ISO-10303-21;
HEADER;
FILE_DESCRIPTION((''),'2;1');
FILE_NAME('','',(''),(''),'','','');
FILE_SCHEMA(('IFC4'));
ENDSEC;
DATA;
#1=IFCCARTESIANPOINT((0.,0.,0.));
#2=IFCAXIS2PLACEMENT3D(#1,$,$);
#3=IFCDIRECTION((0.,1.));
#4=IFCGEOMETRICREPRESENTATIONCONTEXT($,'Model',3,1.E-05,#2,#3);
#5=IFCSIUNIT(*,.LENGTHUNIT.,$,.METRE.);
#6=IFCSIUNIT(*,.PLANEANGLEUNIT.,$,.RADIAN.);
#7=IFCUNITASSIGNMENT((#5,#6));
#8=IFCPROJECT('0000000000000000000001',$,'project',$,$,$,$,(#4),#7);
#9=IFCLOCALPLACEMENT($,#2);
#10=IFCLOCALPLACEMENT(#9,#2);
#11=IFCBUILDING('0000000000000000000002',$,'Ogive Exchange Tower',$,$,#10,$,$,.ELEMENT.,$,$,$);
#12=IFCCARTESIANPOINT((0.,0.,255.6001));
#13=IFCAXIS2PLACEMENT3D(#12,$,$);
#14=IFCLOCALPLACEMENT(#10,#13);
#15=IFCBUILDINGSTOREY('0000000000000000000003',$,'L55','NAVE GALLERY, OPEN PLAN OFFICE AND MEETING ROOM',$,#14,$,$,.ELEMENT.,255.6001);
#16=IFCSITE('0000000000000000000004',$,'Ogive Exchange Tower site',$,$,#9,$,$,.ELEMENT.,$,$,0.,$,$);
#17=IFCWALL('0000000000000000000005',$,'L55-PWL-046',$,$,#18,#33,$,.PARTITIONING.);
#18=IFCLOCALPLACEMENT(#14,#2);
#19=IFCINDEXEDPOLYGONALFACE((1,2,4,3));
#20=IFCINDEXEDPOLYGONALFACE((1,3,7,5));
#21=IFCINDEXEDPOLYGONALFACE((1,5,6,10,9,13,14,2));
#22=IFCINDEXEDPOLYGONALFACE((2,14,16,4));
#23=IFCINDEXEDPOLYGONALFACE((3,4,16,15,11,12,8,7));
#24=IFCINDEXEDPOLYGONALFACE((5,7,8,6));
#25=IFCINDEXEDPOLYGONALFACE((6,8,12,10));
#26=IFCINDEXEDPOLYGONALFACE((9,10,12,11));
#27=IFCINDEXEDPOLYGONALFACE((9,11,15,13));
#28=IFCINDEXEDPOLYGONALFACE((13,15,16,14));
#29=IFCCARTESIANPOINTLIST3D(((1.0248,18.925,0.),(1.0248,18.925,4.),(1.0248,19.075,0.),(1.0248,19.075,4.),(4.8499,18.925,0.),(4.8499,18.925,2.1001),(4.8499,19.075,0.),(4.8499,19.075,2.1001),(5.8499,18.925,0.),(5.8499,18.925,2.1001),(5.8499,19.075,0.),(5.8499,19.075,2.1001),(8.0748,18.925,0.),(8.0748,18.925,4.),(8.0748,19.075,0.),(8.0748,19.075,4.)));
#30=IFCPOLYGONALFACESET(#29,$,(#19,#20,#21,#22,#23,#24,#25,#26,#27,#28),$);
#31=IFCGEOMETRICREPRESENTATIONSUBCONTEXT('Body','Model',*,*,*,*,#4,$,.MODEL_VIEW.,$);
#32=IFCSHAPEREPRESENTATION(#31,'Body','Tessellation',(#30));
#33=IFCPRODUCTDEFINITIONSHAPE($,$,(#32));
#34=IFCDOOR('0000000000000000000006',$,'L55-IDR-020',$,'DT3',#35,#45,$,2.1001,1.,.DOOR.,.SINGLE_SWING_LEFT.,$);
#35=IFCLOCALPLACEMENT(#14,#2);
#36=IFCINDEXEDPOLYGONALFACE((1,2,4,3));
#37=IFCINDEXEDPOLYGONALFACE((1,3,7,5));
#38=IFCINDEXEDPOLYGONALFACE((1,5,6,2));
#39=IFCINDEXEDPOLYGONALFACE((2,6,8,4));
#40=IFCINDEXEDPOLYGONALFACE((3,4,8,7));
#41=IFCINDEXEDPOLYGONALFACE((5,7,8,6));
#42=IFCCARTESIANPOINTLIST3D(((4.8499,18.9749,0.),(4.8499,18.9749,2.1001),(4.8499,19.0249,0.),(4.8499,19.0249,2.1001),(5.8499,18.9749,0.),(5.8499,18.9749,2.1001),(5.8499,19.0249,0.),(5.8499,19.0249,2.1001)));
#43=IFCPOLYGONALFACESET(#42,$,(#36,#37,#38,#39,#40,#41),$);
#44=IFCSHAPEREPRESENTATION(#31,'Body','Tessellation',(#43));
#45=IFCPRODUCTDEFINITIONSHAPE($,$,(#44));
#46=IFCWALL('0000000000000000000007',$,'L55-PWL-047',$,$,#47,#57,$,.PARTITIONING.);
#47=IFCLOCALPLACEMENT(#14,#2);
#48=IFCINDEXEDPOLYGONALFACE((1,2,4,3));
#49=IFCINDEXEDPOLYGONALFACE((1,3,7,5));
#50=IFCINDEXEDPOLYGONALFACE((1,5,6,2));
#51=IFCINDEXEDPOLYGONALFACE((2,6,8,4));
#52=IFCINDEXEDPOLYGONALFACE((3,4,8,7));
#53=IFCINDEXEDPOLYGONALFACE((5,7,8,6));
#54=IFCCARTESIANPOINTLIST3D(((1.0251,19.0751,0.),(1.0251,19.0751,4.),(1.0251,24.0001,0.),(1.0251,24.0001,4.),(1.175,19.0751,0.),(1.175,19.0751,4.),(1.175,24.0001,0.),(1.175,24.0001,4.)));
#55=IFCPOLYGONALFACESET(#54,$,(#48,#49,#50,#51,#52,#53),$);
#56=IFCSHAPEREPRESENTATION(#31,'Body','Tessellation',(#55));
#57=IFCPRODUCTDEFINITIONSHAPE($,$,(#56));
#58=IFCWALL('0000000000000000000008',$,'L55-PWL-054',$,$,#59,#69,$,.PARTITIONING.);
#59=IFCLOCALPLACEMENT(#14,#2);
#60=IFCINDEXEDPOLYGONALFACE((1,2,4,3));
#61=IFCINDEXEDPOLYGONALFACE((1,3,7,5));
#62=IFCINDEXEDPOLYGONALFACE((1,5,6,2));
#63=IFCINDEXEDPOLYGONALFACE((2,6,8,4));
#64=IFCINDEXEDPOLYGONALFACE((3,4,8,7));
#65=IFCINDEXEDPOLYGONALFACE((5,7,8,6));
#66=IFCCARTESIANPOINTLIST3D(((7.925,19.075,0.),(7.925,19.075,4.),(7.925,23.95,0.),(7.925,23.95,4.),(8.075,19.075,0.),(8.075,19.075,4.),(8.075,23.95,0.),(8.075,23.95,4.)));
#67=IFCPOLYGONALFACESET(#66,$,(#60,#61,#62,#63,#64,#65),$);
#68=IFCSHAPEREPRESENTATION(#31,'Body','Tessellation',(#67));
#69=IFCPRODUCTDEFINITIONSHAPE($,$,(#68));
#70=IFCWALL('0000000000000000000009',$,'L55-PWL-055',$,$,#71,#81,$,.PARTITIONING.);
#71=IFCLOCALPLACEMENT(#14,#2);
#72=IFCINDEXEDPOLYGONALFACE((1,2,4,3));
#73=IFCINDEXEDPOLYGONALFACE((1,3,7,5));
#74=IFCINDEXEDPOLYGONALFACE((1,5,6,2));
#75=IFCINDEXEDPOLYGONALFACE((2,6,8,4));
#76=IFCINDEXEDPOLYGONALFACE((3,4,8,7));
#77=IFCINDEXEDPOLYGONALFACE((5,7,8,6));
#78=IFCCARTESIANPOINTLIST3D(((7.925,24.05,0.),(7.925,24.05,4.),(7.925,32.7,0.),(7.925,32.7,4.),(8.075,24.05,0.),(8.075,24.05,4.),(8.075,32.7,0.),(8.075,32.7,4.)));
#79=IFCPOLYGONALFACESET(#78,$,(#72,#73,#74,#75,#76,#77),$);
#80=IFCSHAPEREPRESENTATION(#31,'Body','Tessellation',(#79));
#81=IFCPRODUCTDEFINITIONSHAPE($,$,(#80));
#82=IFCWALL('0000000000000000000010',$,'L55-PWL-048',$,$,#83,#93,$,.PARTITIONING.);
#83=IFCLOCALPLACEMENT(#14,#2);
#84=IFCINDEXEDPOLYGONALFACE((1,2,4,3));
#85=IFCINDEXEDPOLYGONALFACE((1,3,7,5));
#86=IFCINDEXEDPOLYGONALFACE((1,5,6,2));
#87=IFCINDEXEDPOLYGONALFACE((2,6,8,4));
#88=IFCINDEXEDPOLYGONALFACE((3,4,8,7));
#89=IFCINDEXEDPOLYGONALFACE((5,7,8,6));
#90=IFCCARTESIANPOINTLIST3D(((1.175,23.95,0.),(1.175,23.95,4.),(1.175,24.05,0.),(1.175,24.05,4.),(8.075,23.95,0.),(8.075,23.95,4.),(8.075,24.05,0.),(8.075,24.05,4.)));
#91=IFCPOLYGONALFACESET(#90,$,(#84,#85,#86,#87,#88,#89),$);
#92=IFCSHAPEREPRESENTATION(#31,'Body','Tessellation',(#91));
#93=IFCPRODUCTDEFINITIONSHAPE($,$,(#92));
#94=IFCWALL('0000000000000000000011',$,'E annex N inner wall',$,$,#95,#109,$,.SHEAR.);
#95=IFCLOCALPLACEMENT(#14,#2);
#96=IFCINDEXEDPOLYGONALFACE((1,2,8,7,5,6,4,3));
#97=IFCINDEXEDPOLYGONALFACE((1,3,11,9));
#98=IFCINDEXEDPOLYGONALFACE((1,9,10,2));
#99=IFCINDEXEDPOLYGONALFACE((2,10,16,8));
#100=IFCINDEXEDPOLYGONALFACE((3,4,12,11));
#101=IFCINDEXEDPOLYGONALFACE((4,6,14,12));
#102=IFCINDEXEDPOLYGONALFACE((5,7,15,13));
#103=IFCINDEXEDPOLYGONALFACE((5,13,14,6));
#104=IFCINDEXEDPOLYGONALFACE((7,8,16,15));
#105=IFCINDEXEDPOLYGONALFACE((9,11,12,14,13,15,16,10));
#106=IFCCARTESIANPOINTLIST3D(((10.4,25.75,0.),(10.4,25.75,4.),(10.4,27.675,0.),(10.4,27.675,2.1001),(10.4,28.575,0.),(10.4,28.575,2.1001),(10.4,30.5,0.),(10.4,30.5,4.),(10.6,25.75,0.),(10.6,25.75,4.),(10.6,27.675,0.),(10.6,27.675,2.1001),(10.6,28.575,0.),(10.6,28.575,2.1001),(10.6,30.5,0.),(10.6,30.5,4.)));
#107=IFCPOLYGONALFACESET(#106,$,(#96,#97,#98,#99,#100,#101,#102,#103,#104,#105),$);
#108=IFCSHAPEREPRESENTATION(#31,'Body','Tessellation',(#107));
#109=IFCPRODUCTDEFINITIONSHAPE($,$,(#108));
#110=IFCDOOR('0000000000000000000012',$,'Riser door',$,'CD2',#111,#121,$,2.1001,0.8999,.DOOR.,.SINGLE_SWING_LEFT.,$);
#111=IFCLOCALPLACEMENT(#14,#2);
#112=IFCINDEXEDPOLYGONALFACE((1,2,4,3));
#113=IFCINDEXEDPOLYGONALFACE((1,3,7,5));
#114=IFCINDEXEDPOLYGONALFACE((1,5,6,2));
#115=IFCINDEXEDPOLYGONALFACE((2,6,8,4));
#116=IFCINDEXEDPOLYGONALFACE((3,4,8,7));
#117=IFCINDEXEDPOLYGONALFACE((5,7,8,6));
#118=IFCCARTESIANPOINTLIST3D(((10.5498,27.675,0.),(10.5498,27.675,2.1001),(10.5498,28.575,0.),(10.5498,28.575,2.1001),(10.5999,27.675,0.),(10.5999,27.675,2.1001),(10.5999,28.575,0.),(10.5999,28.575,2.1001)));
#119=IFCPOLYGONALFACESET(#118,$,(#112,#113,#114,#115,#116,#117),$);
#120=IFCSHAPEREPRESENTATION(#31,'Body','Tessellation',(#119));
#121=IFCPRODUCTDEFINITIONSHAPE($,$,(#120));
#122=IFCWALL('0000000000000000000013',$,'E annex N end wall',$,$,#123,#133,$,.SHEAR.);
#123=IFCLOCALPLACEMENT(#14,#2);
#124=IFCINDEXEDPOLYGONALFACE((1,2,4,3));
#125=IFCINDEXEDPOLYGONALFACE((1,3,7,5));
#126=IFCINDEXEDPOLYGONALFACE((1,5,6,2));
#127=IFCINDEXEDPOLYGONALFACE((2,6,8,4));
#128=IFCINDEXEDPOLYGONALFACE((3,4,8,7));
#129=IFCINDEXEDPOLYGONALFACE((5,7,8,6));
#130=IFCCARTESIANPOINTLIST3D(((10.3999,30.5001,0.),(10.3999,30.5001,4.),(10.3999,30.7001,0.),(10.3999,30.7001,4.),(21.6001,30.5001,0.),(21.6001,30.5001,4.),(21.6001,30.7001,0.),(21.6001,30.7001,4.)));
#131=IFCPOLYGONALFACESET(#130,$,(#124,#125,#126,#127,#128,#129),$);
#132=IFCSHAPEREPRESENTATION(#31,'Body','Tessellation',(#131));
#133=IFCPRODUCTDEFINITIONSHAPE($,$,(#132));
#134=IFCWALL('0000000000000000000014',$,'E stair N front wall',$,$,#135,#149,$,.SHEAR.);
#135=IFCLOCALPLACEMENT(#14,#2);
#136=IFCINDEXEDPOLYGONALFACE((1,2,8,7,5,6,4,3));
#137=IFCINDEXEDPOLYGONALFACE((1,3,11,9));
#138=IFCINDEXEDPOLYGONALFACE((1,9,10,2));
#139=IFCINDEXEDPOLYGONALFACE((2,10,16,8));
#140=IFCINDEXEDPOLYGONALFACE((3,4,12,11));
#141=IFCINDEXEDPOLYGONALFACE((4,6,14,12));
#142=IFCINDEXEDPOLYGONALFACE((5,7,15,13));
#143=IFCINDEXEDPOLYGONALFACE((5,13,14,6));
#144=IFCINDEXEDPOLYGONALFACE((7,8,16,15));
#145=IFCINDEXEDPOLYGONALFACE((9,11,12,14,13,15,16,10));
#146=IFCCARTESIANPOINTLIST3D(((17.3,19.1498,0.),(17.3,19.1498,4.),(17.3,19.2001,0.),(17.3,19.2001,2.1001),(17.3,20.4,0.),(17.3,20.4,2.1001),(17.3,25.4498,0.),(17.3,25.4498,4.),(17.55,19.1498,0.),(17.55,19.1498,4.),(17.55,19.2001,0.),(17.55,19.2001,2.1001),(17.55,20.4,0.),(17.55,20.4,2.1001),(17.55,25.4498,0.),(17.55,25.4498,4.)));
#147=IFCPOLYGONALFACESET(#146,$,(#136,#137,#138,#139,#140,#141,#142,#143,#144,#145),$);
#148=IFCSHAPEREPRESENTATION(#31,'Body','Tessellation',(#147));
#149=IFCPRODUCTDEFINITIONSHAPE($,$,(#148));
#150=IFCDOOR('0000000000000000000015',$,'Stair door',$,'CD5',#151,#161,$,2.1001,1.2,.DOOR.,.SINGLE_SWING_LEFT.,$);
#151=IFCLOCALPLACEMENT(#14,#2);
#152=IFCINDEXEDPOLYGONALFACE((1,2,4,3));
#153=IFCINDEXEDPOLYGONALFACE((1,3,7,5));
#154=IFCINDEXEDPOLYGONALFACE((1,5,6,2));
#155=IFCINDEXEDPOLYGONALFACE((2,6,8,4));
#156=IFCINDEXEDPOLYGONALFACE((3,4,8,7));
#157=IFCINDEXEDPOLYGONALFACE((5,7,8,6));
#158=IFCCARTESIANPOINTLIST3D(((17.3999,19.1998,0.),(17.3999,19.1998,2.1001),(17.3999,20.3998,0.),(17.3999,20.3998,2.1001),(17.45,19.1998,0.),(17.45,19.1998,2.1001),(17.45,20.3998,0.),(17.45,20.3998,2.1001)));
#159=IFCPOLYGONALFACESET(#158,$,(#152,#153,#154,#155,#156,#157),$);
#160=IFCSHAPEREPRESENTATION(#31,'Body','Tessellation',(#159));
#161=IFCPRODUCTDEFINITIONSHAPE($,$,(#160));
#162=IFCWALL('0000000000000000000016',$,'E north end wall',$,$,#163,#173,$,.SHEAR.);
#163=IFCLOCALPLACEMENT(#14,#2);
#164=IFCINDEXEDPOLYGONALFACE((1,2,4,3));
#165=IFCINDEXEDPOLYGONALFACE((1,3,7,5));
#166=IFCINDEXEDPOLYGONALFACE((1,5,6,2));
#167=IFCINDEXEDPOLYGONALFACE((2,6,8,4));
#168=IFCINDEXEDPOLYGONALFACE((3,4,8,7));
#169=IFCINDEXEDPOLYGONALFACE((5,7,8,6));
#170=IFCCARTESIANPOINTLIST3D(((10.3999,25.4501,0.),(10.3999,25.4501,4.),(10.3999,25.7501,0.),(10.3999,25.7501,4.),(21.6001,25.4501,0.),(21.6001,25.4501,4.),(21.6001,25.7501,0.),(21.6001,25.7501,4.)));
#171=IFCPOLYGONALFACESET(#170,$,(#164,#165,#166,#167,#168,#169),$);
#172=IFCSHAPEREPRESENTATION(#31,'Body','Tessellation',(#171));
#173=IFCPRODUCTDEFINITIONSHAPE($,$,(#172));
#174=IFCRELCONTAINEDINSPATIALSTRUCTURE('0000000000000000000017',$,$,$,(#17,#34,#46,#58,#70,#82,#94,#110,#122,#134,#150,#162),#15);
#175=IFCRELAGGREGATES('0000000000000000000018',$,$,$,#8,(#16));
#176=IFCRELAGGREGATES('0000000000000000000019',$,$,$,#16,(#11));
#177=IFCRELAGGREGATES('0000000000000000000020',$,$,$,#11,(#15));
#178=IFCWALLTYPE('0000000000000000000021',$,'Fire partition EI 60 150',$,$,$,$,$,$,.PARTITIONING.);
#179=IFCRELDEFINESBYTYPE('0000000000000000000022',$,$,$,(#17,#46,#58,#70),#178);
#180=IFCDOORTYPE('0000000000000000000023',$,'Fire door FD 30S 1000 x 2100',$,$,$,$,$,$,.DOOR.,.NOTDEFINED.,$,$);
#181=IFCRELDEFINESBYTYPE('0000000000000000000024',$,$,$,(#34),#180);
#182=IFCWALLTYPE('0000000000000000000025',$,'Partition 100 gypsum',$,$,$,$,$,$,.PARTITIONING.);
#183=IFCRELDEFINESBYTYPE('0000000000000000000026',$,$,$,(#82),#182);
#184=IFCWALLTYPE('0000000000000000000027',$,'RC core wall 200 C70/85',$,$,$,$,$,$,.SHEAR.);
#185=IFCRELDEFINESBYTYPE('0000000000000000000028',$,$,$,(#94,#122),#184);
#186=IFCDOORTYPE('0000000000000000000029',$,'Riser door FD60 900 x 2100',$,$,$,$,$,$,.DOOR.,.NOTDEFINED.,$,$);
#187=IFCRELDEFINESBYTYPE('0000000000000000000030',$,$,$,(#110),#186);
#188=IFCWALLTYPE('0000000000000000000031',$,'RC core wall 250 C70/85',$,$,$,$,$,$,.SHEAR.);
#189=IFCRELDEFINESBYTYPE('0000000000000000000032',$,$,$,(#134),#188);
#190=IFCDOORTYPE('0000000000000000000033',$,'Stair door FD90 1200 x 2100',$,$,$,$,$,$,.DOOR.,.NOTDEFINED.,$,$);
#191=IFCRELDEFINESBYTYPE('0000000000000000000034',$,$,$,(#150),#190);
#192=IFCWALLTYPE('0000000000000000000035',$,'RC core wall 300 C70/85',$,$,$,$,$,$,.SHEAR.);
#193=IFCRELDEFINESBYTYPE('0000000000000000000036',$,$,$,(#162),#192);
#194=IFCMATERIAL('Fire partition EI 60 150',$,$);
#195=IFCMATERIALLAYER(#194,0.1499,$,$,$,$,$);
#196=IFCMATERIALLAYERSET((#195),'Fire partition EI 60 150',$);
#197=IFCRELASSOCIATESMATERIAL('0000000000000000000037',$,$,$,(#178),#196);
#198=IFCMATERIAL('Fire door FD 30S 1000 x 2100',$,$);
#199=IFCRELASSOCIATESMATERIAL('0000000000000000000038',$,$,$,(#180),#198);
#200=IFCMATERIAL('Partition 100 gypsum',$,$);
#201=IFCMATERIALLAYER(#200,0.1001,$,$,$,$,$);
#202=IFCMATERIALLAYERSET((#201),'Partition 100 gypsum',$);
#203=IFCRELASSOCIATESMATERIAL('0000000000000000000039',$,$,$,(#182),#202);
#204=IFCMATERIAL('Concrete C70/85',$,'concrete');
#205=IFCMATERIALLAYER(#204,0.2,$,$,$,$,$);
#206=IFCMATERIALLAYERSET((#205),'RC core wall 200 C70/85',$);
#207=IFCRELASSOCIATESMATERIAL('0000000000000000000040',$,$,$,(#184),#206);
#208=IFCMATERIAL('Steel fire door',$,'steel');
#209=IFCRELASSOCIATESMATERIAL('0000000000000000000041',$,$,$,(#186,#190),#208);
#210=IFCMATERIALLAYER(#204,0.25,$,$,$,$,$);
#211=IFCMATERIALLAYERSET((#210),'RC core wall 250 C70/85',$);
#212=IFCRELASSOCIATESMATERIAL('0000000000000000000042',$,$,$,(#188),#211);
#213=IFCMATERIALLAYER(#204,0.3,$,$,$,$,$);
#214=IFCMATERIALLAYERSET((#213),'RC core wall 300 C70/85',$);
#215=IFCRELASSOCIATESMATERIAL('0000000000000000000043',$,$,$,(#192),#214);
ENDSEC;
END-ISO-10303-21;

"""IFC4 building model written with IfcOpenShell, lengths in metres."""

from ifc_helpers import new_model, si_unit, direction, frame, frame_2d, origin, place, context, subcontext, project, spatial, rectangle, extrude, material, layer, layer_set, type_object, element, fill, save


model = new_model("IFC4")

# Units and contexts
model_context = context("Model", 3, precision=1e-05, world=origin(), true_north=direction((0.0, 1.0)))
body_context = subcontext(model_context, "Body", "Model", "MODEL_VIEW")
ifc_project = project(units=[si_unit("LENGTHUNIT", "METRE"), si_unit("PLANEANGLEUNIT", "RADIAN")], contexts=[model_context])

# Site, building, storey
site_placement = place(None, origin())
site = spatial("IfcSite", under=ifc_project, at=site_placement, Name="Ogive Exchange Tower site", CompositionType="ELEMENT", RefElevation=0.0)
building_placement = place(site_placement, origin())
building = spatial("IfcBuilding", under=site, at=building_placement, Name="Ogive Exchange Tower", CompositionType="ELEMENT")
storey_placement = place(building_placement, frame((0.0, 0.0, 255.6001)))
storey = spatial("IfcBuildingStorey", under=building, at=storey_placement, Name="L55", Description="NAVE GALLERY, OPEN PLAN OFFICE AND MEETING ROOM", CompositionType="ELEMENT", Elevation=255.6001)

# Shared definitions
ifc_material_1 = material(Name="Fire partition EI 60 150")
ifc_layer_1 = layer(ifc_material_1, 0.1499)
ifc_layer_set_1 = layer_set([ifc_layer_1], Name="Fire partition EI 60 150")
wall_type_1 = type_object("IfcWallType", Name="Fire partition EI 60 150", PredefinedType="PARTITIONING", material=ifc_layer_set_1)

# Wall, opening, door
ifc_material_2 = material(Name="Fire door FD 30S 1000 x 2100")
door_type_1 = type_object("IfcDoorType", Name="Fire door FD 30S 1000 x 2100", OperationType="NOTDEFINED", PredefinedType="DOOR", material=ifc_material_2)
wall_1_placement = place(storey_placement, frame((1.0249, 19.0, 0.0), z_axis=(0.0, 0.0, 1.0), x_axis=(1.0, 0.0, 0.0)))
wall_1 = element("IfcWall", 1, at=wall_1_placement, inside=storey, type_object=wall_type_1, Name="L55-PWL-046", PredefinedType="PARTITIONING", context=body_context, shape_type="SweptSolid", body=[
    extrude(rectangle(XDim=7.05, YDim=0.1499, at=frame_2d((3.5249, 0.0))), origin(), (0.0, 0.0, 1.0), 4.0),
])
opening_1_placement = place(wall_1_placement, frame((3.825, 0.0, 0.0)))
opening_1 = element("IfcOpeningElement", 2, at=opening_1_placement, cuts=wall_1, PredefinedType="OPENING", context=body_context, shape_type="SweptSolid", body=[
    extrude(rectangle(XDim=1.0, YDim=2.1001, at=frame_2d((0.5, 1.05))), frame((0.0, 0.085, 0.0), z_axis=(0.0, -1.0, 0.0), x_axis=(1.0, 0.0, 0.0)), (0.0, 0.0, 1.0), 0.1699),
])
door_1_placement = place(opening_1_placement, origin())
door_1 = element("IfcDoor", 3, at=door_1_placement, inside=storey, type_object=door_type_1, Name="L55-IDR-020", ObjectType="DT3", OperationType="SINGLE_SWING_LEFT", OverallHeight=2.1001, OverallWidth=1.0, PredefinedType="DOOR", context=body_context, shape_type="SweptSolid", body=[
    extrude(rectangle(XDim=1.0, YDim=2.1001, at=frame_2d((0.5, 1.05))), frame((0.0, 0.0249, 0.0), z_axis=(0.0, -1.0, 0.0), x_axis=(1.0, 0.0, 0.0)), (0.0, 0.0, 1.0), 0.05),
])
fill(opening_1, door_1)

# Walls
wall_2_placement = place(storey_placement, frame((1.1001, 24.0, 0.0), z_axis=(0.0, 0.0, 1.0), x_axis=(0.0, -1.0, 0.0)))
element("IfcWall", 4, at=wall_2_placement, inside=storey, type_object=wall_type_1, Name="L55-PWL-047", PredefinedType="PARTITIONING", context=body_context, shape_type="SweptSolid", body=[
    extrude(rectangle(XDim=4.925, YDim=0.1499, at=frame_2d((2.4624, 0.0))), origin(), (0.0, 0.0, 1.0), 4.0),
])
wall_3_placement = place(storey_placement, frame((8.0, 19.075, 0.0), z_axis=(0.0, 0.0, 1.0), x_axis=(0.0, 1.0, 0.0)))
element("IfcWall", 5, at=wall_3_placement, inside=storey, type_object=wall_type_1, Name="L55-PWL-054", PredefinedType="PARTITIONING", context=body_context, shape_type="SweptSolid", body=[
    extrude(rectangle(XDim=4.875, YDim=0.1499, at=frame_2d((2.4375, 0.0))), origin(), (0.0, 0.0, 1.0), 4.0),
])
wall_4_placement = place(storey_placement, frame((8.0, 24.05, 0.0), z_axis=(0.0, 0.0, 1.0), x_axis=(0.0, 1.0, 0.0)))
element("IfcWall", 6, at=wall_4_placement, inside=storey, type_object=wall_type_1, Name="L55-PWL-055", PredefinedType="PARTITIONING", context=body_context, shape_type="SweptSolid", body=[
    extrude(rectangle(XDim=8.6499, YDim=0.1499, at=frame_2d((4.325, 0.0))), origin(), (0.0, 0.0, 1.0), 4.0),
])
ifc_material_3 = material(Name="Partition 100 gypsum")
ifc_layer_2 = layer(ifc_material_3, 0.1001)
ifc_layer_set_2 = layer_set([ifc_layer_2], Name="Partition 100 gypsum")
wall_type_2 = type_object("IfcWallType", Name="Partition 100 gypsum", PredefinedType="PARTITIONING", material=ifc_layer_set_2)
wall_5_placement = place(storey_placement, frame((1.175, 24.0, 0.0), z_axis=(0.0, 0.0, 1.0), x_axis=(1.0, 0.0, 0.0)))
element("IfcWall", 7, at=wall_5_placement, inside=storey, type_object=wall_type_2, Name="L55-PWL-048", PredefinedType="PARTITIONING", context=body_context, shape_type="SweptSolid", body=[
    extrude(rectangle(XDim=6.8999, YDim=0.1001, at=frame_2d((3.45, 0.0))), origin(), (0.0, 0.0, 1.0), 4.0),
])

# Wall, opening, door
ifc_material_4 = material(Name="Concrete C70/85", Category="concrete")
ifc_layer_3 = layer(ifc_material_4, 0.2)
ifc_layer_set_3 = layer_set([ifc_layer_3], Name="RC core wall 200 C70/85")
wall_type_3 = type_object("IfcWallType", Name="RC core wall 200 C70/85", PredefinedType="SHEAR", material=ifc_layer_set_3)
wall_6_placement = place(storey_placement, frame((10.5, 25.75, 0.0), z_axis=(0.0, 0.0, 1.0), x_axis=(0.0, 1.0, 0.0)))
wall_6 = element("IfcWall", 8, at=wall_6_placement, inside=storey, type_object=wall_type_3, Name="E annex N inner wall", PredefinedType="SHEAR", context=body_context, shape_type="SweptSolid", body=[
    extrude(rectangle(XDim=4.75, YDim=0.2, at=frame_2d((2.375, 0.0))), origin(), (0.0, 0.0, 1.0), 4.0),
])
opening_2_placement = place(wall_6_placement, frame((1.925, 0.0, 0.0)))
opening_2 = element("IfcOpeningElement", 9, at=opening_2_placement, cuts=wall_6, PredefinedType="OPENING", context=body_context, shape_type="SweptSolid", body=[
    extrude(rectangle(XDim=0.8999, YDim=2.1001, at=frame_2d((0.45, 1.05))), frame((0.0, 0.1099, 0.0), z_axis=(0.0, -1.0, 0.0), x_axis=(1.0, 0.0, 0.0)), (0.0, 0.0, 1.0), 0.22),
])
ifc_material_5 = material(Name="Steel fire door", Category="steel")
door_type_2 = type_object("IfcDoorType", Name="Riser door FD60 900 x 2100", OperationType="NOTDEFINED", PredefinedType="DOOR", material=ifc_material_5)
door_2_placement = place(opening_2_placement, origin())
door_2 = element("IfcDoor", 10, at=door_2_placement, inside=storey, type_object=door_type_2, Name="Riser door", ObjectType="CD2", OperationType="SINGLE_SWING_LEFT", OverallHeight=2.1001, OverallWidth=0.8999, PredefinedType="DOOR", context=body_context, shape_type="SweptSolid", body=[
    extrude(rectangle(XDim=0.8999, YDim=2.1001, at=frame_2d((0.45, 1.05))), frame((0.0, -0.0498, 0.0), z_axis=(0.0, -1.0, 0.0), x_axis=(1.0, 0.0, 0.0)), (0.0, 0.0, 1.0), 0.05),
])
fill(opening_2, door_2)

# Wall
wall_7_placement = place(storey_placement, frame((10.3999, 30.6001, 0.0), z_axis=(0.0, 0.0, 1.0), x_axis=(1.0, 0.0, 0.0)))
element("IfcWall", 11, at=wall_7_placement, inside=storey, type_object=wall_type_3, Name="E annex N end wall", PredefinedType="SHEAR", context=body_context, shape_type="SweptSolid", body=[
    extrude(rectangle(XDim=11.2002, YDim=0.2, at=frame_2d((5.6001, 0.0))), origin(), (0.0, 0.0, 1.0), 4.0),
])

# Wall, opening, door
ifc_layer_4 = layer(ifc_material_4, 0.25)
ifc_layer_set_4 = layer_set([ifc_layer_4], Name="RC core wall 250 C70/85")
wall_type_4 = type_object("IfcWallType", Name="RC core wall 250 C70/85", PredefinedType="SHEAR", material=ifc_layer_set_4)
wall_8_placement = place(storey_placement, frame((17.425, 19.1499, 0.0), z_axis=(0.0, 0.0, 1.0), x_axis=(0.0, 1.0, 0.0)))
wall_8 = element("IfcWall", 12, at=wall_8_placement, inside=storey, type_object=wall_type_4, Name="E stair N front wall", PredefinedType="SHEAR", context=body_context, shape_type="SweptSolid", body=[
    extrude(rectangle(XDim=6.3, YDim=0.25, at=frame_2d((3.1499, 0.0))), origin(), (0.0, 0.0, 1.0), 4.0),
])
opening_3_placement = place(wall_8_placement, frame((0.05, 0.0, 0.0)))
opening_3 = element("IfcOpeningElement", 13, at=opening_3_placement, cuts=wall_8, PredefinedType="OPENING", context=body_context, shape_type="SweptSolid", body=[
    extrude(rectangle(XDim=1.2, YDim=2.1001, at=frame_2d((0.6001, 1.05))), frame((0.0, 0.135, 0.0), z_axis=(0.0, -1.0, 0.0), x_axis=(1.0, 0.0, 0.0)), (0.0, 0.0, 1.0), 0.27),
])
door_type_3 = type_object("IfcDoorType", Name="Stair door FD90 1200 x 2100", OperationType="NOTDEFINED", PredefinedType="DOOR", material=ifc_material_5)
door_3_placement = place(opening_3_placement, frame((1.2, 0.0, 0.0), z_axis=(0.0, 0.0, 1.0), x_axis=(-1.0, 0.0, 0.0)))
door_3 = element("IfcDoor", 14, at=door_3_placement, inside=storey, type_object=door_type_3, Name="Stair door", ObjectType="CD5", OperationType="SINGLE_SWING_LEFT", OverallHeight=2.1001, OverallWidth=1.2, PredefinedType="DOOR", context=body_context, shape_type="SweptSolid", body=[
    extrude(rectangle(XDim=1.2, YDim=2.1001, at=frame_2d((0.6001, 1.05))), frame((0.0, 0.0249, 0.0), z_axis=(0.0, -1.0, 0.0), x_axis=(1.0, 0.0, 0.0)), (0.0, 0.0, 1.0), 0.05),
])
fill(opening_3, door_3)

# Wall
ifc_layer_5 = layer(ifc_material_4, 0.3)
ifc_layer_set_5 = layer_set([ifc_layer_5], Name="RC core wall 300 C70/85")
wall_type_5 = type_object("IfcWallType", Name="RC core wall 300 C70/85", PredefinedType="SHEAR", material=ifc_layer_set_5)
wall_9_placement = place(storey_placement, frame((10.3999, 25.6001, 0.0), z_axis=(0.0, 0.0, 1.0), x_axis=(1.0, 0.0, 0.0)))
element("IfcWall", 15, at=wall_9_placement, inside=storey, type_object=wall_type_5, Name="E north end wall", PredefinedType="SHEAR", context=body_context, shape_type="SweptSolid", body=[
    extrude(rectangle(XDim=11.2002, YDim=0.3, at=frame_2d((5.6001, 0.0))), origin(), (0.0, 0.0, 1.0), 4.0),
])

save(model, "model.ifc")
